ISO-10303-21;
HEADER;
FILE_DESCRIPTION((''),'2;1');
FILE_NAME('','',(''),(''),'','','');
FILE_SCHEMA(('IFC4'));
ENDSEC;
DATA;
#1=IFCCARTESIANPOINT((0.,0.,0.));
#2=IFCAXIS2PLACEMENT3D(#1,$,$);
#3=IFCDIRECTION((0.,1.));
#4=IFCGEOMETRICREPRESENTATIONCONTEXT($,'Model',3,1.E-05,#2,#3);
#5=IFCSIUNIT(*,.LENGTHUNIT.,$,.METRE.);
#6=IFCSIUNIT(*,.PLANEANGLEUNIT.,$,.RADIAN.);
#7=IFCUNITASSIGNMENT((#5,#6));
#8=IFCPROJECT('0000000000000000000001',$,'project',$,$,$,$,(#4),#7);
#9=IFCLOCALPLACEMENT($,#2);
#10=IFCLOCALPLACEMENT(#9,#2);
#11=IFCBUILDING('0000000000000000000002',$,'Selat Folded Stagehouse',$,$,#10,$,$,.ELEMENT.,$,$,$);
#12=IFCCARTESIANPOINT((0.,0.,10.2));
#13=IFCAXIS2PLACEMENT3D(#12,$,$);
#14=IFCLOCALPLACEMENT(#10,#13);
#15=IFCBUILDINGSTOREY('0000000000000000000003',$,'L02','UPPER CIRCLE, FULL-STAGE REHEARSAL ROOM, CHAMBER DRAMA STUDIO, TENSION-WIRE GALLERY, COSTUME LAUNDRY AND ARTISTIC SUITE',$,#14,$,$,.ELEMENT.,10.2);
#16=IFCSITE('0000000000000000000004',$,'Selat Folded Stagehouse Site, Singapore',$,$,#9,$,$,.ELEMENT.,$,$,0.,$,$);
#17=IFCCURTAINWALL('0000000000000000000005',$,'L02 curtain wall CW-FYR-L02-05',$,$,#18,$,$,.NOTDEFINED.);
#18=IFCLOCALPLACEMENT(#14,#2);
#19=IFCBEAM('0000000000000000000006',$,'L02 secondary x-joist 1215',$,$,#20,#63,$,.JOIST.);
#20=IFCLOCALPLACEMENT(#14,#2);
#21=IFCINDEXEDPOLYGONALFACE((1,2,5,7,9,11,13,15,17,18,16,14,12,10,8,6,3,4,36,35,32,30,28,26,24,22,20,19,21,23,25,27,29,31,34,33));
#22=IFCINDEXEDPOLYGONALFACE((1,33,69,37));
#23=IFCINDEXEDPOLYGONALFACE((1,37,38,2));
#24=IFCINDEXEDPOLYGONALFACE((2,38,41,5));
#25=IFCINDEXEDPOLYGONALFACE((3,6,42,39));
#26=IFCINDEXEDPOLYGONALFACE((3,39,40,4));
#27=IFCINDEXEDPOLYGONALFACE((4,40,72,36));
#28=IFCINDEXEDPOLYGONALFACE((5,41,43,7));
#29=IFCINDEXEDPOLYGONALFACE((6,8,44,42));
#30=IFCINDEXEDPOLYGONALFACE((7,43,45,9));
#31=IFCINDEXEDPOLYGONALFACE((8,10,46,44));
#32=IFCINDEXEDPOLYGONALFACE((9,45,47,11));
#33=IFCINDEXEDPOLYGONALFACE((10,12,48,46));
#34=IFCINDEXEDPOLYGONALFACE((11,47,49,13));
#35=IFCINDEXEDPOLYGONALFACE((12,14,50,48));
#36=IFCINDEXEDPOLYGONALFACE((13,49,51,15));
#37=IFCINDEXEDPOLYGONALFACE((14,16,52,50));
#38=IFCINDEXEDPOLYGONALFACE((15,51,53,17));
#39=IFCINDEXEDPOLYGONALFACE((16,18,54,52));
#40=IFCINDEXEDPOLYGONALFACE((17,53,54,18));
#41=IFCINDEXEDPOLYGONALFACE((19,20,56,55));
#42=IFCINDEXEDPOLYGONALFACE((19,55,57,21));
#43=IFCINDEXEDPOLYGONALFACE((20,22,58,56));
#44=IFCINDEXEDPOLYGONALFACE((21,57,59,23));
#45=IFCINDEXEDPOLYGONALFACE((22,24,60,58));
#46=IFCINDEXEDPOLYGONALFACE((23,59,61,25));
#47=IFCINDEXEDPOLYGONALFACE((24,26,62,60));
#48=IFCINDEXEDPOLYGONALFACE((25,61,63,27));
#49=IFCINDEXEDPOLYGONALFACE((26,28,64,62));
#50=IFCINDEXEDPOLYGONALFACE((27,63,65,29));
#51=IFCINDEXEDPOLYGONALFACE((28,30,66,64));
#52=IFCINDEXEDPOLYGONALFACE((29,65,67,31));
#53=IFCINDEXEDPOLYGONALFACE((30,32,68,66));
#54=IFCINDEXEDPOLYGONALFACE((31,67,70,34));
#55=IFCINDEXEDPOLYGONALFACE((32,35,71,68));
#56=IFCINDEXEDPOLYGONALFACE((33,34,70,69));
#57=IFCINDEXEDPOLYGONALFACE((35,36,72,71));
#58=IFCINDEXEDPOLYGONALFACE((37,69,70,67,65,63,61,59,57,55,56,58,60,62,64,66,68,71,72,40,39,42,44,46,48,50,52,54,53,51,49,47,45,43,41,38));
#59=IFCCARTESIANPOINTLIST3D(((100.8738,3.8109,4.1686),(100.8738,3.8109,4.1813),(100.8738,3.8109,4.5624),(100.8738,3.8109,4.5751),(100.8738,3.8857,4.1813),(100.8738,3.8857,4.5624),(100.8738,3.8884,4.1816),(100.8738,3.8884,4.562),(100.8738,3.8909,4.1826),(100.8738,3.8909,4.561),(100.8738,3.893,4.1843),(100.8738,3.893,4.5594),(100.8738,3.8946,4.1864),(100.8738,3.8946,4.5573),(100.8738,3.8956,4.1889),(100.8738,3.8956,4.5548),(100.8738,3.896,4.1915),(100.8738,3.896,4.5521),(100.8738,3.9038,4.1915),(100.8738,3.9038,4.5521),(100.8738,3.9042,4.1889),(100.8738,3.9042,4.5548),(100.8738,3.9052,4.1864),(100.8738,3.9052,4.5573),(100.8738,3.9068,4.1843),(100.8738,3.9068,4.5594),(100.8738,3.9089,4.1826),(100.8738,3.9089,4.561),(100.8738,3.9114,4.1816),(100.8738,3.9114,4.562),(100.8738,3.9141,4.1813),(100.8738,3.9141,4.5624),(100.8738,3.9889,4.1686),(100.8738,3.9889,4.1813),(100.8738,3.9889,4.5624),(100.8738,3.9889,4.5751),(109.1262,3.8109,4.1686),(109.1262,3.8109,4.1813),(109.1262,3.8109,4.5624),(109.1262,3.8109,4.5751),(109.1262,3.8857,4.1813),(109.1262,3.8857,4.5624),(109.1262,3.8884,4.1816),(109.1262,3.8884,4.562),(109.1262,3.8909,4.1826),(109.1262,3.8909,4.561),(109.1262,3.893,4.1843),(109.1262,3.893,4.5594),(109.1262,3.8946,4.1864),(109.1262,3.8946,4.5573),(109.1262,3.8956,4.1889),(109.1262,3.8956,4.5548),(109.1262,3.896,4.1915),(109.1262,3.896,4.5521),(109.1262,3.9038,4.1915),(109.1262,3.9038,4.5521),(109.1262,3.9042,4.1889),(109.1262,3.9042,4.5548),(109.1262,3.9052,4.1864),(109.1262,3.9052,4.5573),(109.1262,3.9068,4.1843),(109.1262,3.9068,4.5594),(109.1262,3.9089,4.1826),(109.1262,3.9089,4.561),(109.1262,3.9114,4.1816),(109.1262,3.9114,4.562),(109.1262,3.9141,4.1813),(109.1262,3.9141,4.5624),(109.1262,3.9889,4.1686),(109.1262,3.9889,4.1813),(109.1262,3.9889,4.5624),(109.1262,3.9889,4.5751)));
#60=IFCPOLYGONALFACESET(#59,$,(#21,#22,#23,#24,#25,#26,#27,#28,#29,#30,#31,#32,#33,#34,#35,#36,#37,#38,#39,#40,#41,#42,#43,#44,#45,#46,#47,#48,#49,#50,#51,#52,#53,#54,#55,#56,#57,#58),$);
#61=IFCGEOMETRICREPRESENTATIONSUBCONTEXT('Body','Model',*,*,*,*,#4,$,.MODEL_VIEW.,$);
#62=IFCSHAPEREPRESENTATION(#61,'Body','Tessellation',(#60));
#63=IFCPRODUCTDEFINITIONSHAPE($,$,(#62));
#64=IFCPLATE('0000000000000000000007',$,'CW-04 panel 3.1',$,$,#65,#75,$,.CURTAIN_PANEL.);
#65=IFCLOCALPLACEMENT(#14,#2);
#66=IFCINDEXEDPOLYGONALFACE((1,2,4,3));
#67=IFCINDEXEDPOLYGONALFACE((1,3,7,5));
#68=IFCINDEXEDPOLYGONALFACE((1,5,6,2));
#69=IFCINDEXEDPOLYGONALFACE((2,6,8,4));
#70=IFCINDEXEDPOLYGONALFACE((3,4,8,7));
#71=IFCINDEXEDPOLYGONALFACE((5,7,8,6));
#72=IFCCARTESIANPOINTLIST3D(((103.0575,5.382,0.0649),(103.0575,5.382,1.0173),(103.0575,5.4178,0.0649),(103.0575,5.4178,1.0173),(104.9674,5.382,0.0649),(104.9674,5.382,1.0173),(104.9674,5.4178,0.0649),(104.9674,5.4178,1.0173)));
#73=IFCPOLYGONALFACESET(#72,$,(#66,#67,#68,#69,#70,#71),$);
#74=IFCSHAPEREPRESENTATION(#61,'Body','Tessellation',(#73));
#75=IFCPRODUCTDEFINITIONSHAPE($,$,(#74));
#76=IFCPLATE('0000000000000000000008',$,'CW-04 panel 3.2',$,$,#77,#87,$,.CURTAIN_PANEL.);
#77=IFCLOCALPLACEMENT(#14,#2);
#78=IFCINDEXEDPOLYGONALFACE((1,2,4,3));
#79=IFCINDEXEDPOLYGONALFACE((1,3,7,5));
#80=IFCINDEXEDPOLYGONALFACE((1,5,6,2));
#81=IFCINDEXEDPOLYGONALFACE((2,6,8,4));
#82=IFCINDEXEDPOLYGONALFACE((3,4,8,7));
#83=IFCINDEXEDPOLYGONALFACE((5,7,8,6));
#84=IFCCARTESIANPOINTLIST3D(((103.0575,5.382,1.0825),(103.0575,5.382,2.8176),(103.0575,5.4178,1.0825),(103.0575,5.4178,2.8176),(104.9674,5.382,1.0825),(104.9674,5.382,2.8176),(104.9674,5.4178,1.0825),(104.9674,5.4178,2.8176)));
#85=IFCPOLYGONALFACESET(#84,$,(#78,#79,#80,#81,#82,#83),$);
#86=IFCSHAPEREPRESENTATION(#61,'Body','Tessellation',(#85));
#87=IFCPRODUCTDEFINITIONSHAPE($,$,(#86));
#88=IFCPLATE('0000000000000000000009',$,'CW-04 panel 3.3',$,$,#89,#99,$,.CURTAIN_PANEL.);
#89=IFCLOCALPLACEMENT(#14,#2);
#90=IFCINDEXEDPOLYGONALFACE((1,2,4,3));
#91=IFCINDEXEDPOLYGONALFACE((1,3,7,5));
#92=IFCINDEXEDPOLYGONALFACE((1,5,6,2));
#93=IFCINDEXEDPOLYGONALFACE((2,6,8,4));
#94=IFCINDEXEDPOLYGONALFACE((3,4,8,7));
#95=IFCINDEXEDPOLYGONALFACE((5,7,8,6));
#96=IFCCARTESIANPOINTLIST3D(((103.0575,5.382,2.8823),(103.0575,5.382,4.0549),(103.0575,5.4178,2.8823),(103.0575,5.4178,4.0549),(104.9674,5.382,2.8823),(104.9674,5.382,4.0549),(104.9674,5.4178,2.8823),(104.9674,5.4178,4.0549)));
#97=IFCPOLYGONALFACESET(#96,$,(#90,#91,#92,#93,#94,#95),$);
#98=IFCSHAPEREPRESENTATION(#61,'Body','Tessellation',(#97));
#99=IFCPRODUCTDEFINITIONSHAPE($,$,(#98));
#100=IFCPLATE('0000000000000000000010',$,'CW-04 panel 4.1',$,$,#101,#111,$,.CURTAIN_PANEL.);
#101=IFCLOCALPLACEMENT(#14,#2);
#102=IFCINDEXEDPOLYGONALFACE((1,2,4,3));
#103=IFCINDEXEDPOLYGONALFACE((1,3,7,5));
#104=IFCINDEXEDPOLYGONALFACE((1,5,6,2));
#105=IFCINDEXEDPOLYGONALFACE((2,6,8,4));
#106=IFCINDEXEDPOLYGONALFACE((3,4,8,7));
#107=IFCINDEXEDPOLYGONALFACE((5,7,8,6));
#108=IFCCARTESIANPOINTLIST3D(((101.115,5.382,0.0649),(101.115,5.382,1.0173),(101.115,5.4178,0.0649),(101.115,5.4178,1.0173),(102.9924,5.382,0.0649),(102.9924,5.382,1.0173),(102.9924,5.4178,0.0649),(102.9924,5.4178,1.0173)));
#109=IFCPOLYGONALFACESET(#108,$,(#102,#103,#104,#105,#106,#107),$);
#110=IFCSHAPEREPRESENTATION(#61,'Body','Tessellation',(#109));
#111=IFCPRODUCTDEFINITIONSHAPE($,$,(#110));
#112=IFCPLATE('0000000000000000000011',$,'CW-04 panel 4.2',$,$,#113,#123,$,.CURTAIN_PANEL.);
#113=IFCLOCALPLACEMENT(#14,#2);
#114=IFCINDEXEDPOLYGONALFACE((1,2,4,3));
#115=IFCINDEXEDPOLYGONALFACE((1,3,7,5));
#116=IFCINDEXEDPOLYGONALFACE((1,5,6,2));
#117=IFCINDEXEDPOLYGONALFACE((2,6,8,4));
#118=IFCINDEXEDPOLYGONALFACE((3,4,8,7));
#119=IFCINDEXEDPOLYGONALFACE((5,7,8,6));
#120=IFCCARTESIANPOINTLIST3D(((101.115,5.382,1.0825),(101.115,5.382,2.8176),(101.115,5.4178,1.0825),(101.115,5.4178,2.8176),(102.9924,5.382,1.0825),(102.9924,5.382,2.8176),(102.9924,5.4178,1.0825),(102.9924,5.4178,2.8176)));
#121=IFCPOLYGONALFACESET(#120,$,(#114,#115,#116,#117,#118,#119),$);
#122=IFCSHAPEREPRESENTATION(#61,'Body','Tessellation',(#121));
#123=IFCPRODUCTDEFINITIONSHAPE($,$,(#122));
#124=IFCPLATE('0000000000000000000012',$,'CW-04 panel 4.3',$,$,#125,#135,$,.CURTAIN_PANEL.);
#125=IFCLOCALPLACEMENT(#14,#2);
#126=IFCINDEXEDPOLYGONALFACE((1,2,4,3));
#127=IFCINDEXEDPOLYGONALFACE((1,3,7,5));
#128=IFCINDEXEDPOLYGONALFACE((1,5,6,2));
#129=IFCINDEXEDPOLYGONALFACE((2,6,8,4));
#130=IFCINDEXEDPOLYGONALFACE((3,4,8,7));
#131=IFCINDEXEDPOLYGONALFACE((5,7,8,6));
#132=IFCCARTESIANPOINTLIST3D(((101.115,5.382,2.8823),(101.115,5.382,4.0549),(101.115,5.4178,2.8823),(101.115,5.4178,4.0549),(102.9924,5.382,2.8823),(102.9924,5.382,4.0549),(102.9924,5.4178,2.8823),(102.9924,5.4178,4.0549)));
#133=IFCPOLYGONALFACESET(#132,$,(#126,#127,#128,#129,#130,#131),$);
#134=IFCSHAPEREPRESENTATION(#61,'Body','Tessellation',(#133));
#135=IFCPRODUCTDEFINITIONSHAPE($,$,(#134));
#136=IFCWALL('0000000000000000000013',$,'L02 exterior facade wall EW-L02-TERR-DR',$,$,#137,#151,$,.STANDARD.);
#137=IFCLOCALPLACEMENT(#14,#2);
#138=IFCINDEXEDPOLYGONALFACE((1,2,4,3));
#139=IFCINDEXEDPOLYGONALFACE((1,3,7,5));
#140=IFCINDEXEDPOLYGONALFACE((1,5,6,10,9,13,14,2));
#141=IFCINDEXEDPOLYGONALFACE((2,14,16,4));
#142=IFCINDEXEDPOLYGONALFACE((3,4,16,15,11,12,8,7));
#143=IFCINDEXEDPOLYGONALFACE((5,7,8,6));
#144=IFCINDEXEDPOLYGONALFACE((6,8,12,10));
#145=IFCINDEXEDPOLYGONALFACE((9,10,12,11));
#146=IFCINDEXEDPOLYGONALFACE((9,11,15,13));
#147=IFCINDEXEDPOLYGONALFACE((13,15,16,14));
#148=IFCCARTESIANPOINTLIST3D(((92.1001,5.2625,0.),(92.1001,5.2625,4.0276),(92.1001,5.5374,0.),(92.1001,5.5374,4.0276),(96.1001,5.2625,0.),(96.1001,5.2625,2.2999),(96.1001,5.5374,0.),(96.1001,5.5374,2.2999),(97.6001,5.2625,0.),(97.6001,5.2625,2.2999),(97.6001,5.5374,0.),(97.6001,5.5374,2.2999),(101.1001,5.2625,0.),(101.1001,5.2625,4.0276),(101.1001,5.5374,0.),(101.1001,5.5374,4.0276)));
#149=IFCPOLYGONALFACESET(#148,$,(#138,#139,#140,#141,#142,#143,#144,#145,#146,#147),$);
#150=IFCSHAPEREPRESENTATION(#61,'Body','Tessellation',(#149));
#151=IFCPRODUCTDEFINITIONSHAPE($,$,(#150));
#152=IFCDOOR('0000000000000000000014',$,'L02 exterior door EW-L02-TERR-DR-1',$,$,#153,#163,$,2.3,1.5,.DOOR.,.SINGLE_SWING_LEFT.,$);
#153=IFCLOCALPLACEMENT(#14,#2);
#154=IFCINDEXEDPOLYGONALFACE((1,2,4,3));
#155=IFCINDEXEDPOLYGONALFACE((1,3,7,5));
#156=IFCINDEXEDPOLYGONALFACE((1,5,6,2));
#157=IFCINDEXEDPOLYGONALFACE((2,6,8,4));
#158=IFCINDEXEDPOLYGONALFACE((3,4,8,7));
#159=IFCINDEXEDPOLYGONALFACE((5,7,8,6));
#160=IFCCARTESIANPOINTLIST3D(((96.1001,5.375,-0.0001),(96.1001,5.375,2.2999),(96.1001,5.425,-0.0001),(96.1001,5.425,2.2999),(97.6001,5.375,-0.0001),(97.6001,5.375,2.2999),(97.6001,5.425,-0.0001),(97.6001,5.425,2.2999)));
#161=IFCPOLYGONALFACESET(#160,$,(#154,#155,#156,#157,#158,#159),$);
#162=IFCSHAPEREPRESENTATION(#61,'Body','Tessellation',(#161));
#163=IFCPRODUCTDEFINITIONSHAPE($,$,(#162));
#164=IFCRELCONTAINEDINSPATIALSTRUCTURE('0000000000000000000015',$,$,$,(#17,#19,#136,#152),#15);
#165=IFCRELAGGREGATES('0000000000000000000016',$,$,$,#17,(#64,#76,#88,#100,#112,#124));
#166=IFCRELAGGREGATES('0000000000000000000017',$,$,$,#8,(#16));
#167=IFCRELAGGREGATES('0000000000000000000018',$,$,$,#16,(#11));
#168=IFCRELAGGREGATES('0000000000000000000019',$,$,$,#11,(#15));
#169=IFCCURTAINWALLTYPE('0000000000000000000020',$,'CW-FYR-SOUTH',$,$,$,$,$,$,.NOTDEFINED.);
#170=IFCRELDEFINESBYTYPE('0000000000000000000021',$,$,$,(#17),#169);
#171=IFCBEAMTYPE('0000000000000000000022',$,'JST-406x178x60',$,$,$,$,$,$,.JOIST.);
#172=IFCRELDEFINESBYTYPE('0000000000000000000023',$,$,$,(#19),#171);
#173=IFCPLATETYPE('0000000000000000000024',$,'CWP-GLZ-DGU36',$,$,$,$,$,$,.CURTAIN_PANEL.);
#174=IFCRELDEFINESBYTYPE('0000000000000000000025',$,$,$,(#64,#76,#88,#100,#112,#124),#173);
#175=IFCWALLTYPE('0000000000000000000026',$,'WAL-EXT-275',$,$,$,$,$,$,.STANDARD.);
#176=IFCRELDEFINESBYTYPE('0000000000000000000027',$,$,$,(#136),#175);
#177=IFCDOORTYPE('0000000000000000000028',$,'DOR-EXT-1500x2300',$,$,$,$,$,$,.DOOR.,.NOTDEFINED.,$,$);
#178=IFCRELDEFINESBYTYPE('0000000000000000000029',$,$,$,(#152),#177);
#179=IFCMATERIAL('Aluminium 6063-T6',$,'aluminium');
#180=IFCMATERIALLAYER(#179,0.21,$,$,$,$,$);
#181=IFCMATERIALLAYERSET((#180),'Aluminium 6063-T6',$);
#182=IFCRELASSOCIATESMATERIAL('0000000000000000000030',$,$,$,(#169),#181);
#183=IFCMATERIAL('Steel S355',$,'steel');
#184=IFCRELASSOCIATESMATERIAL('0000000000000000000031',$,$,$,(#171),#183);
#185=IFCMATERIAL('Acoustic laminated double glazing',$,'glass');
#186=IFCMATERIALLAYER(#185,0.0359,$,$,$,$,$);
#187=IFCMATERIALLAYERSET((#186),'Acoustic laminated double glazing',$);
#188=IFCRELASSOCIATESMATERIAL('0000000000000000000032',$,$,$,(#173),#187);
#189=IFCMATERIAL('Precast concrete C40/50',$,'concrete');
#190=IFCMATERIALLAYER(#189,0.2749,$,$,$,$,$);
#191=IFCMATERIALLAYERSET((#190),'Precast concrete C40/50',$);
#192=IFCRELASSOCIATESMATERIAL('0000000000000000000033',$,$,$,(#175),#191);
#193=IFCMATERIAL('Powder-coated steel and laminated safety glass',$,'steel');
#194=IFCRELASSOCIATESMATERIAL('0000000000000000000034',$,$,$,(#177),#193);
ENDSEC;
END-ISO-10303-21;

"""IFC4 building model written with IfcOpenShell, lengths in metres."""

from ifc_helpers import new_model, si_unit, direction, frame, frame_2d, origin, origin_2d, place, context, subcontext, project, spatial, rectangle, i_section, extrude, material, layer, layer_set, material_profile, profile_set, type_object, element, fill, aggregate, save


model = new_model("IFC4")

# Units and contexts
model_context = context("Model", 3, precision=1e-05, world=origin(), true_north=direction((0.0, 1.0)))
body_context = subcontext(model_context, "Body", "Model", "MODEL_VIEW")
ifc_project = project(units=[si_unit("LENGTHUNIT", "METRE"), si_unit("PLANEANGLEUNIT", "RADIAN")], contexts=[model_context])

# Site, building, storey
site_placement = place(None, origin())
site = spatial("IfcSite", under=ifc_project, at=site_placement, Name="Selat Folded Stagehouse Site, Singapore", CompositionType="ELEMENT", RefElevation=0.0)
building_placement = place(site_placement, origin())
building = spatial("IfcBuilding", under=site, at=building_placement, Name="Selat Folded Stagehouse", CompositionType="ELEMENT")
storey_placement = place(building_placement, frame((0.0, 0.0, 10.2)))
storey = spatial("IfcBuildingStorey", under=building, at=storey_placement, Name="L02", Description="UPPER CIRCLE, FULL-STAGE REHEARSAL ROOM, CHAMBER DRAMA STUDIO, TENSION-WIRE GALLERY, COSTUME LAUNDRY AND ARTISTIC SUITE", CompositionType="ELEMENT", Elevation=10.2)

# Shared definitions
ifc_material_1 = material(Name="Steel S355", Category="steel")

# Curtain wall
ifc_material_2 = material(Name="Aluminium 6063-T6", Category="aluminium")
ifc_layer_1 = layer(ifc_material_2, 0.21)
ifc_layer_set_1 = layer_set([ifc_layer_1], Name="Aluminium 6063-T6")
curtain_wall_type = type_object("IfcCurtainWallType", Name="CW-FYR-SOUTH", PredefinedType="NOTDEFINED", material=ifc_layer_set_1)
curtain_wall_placement = place(storey_placement, origin())
curtain_wall = element("IfcCurtainWall", 1, at=curtain_wall_placement, inside=storey, type_object=curtain_wall_type, Name="L02 curtain wall CW-FYR-L02-05", PredefinedType="NOTDEFINED")

# Beam
ifc_material_profile_1 = material_profile(ifc_material_1, i_section(OverallWidth=0.178, OverallDepth=0.4065, WebThickness=0.0078, FlangeThickness=0.0127, FilletRadius=0.0103, at=origin_2d()), Name="UKB 406x178x60")
ifc_profile_set_1 = profile_set([ifc_material_profile_1], Name="Steel S355")
beam_type_1 = type_object("IfcBeamType", Name="JST-406x178x60", PredefinedType="JOIST", material=ifc_profile_set_1)
for number, where, z_axis, x_axis, name in (
    (2, (100.8738, 3.8999, 4.3718), (1.0, 0.0, 0.0), (0.0, 1.0, 0.0), "L02 secondary x-joist 1215"),
):
    element("IfcBeam", number, at=place(storey_placement, frame(where, z_axis=z_axis, x_axis=x_axis)), inside=storey, type_object=beam_type_1, Name=name, PredefinedType="JOIST", context=body_context, shape_type="SweptSolid", body=[
        extrude(i_section(OverallWidth=0.178, OverallDepth=0.4065, WebThickness=0.0078, FlangeThickness=0.0127, FilletRadius=0.0103, at=origin_2d()), origin(), (0.0, 0.0, 1.0), 8.2524),
    ])

# Plates
ifc_material_3 = material(Name="Acoustic laminated double glazing", Category="glass")
ifc_layer_2 = layer(ifc_material_3, 0.0359)
ifc_layer_set_2 = layer_set([ifc_layer_2], Name="Acoustic laminated double glazing")
plate_type = type_object("IfcPlateType", Name="CWP-GLZ-DGU36", PredefinedType="CURTAIN_PANEL", material=ifc_layer_set_2)
plate_1_placement = place(storey_placement, frame((104.0125, 5.3999, 0.0649), z_axis=(0.0, 0.0, 1.0), x_axis=(-1.0, 0.0, 0.0)))
plate_1 = element("IfcPlate", 3, at=plate_1_placement, type_object=plate_type, Name="CW-04 panel 3.1", PredefinedType="CURTAIN_PANEL", context=body_context, shape_type="SweptSolid", body=[
    extrude(rectangle(XDim=1.9099, YDim=0.0359, at=origin_2d()), origin(), (0.0, 0.0, 1.0), 0.9524),
])
plate_2_placement = place(storey_placement, frame((104.0125, 5.3999, 1.0825), z_axis=(0.0, 0.0, 1.0), x_axis=(-1.0, 0.0, 0.0)))
plate_2 = element("IfcPlate", 4, at=plate_2_placement, type_object=plate_type, Name="CW-04 panel 3.2", PredefinedType="CURTAIN_PANEL", context=body_context, shape_type="SweptSolid", body=[
    extrude(rectangle(XDim=1.9099, YDim=0.0359, at=origin_2d()), origin(), (0.0, 0.0, 1.0), 1.7351),
])
plate_3_placement = place(storey_placement, frame((104.0125, 5.3999, 2.8823), z_axis=(0.0, 0.0, 1.0), x_axis=(-1.0, 0.0, 0.0)))
plate_3 = element("IfcPlate", 5, at=plate_3_placement, type_object=plate_type, Name="CW-04 panel 3.3", PredefinedType="CURTAIN_PANEL", context=body_context, shape_type="SweptSolid", body=[
    extrude(rectangle(XDim=1.9099, YDim=0.0359, at=origin_2d()), origin(), (0.0, 0.0, 1.0), 1.1726),
])
plate_4_placement = place(storey_placement, frame((102.0537, 5.3999, 0.0649), z_axis=(0.0, 0.0, 1.0), x_axis=(-1.0, 0.0, 0.0)))
plate_4 = element("IfcPlate", 6, at=plate_4_placement, type_object=plate_type, Name="CW-04 panel 4.1", PredefinedType="CURTAIN_PANEL", context=body_context, shape_type="SweptSolid", body=[
    extrude(rectangle(XDim=1.8774, YDim=0.0359, at=origin_2d()), origin(), (0.0, 0.0, 1.0), 0.9524),
])
plate_5_placement = place(storey_placement, frame((102.0537, 5.3999, 1.0825), z_axis=(0.0, 0.0, 1.0), x_axis=(-1.0, 0.0, 0.0)))
plate_5 = element("IfcPlate", 7, at=plate_5_placement, type_object=plate_type, Name="CW-04 panel 4.2", PredefinedType="CURTAIN_PANEL", context=body_context, shape_type="SweptSolid", body=[
    extrude(rectangle(XDim=1.8774, YDim=0.0359, at=origin_2d()), origin(), (0.0, 0.0, 1.0), 1.7351),
])
plate_6_placement = place(storey_placement, frame((102.0537, 5.3999, 2.8823), z_axis=(0.0, 0.0, 1.0), x_axis=(-1.0, 0.0, 0.0)))
plate_6 = element("IfcPlate", 8, at=plate_6_placement, type_object=plate_type, Name="CW-04 panel 4.3", PredefinedType="CURTAIN_PANEL", context=body_context, shape_type="SweptSolid", body=[
    extrude(rectangle(XDim=1.8774, YDim=0.0359, at=origin_2d()), origin(), (0.0, 0.0, 1.0), 1.1726),
])
aggregate(curtain_wall, [plate_1, plate_2, plate_3, plate_4, plate_5, plate_6])

# Wall, opening, door
ifc_material_4 = material(Name="Precast concrete C40/50", Category="concrete")
ifc_layer_3 = layer(ifc_material_4, 0.2749)
ifc_layer_set_3 = layer_set([ifc_layer_3], Name="Precast concrete C40/50")
wall_type = type_object("IfcWallType", Name="WAL-EXT-275", PredefinedType="STANDARD", material=ifc_layer_set_3)
wall_placement = place(storey_placement, frame((101.1001, 5.3999, 0.0), z_axis=(0.0, 0.0, 1.0), x_axis=(-1.0, 0.0, 0.0)))
wall = element("IfcWall", 9, at=wall_placement, inside=storey, type_object=wall_type, Name="L02 exterior facade wall EW-L02-TERR-DR", PredefinedType="STANDARD", context=body_context, shape_type="SweptSolid", body=[
    extrude(rectangle(XDim=9.0, YDim=0.2749, at=frame_2d((4.5, 0.0))), origin(), (0.0, 0.0, 1.0), 4.0276),
])
opening_placement = place(wall_placement, frame((3.5, 0.0, 0.0)))
opening = element("IfcOpeningElement", 10, at=opening_placement, cuts=wall, PredefinedType="OPENING", context=body_context, shape_type="SweptSolid", body=[
    extrude(rectangle(XDim=1.5, YDim=2.3, at=frame_2d((0.75, 1.1499))), frame((0.0, 0.1475, 0.0), z_axis=(0.0, -1.0, 0.0), x_axis=(1.0, 0.0, 0.0)), (0.0, 0.0, 1.0), 0.2949),
])
ifc_material_5 = material(Name="Powder-coated steel and laminated safety glass", Category="steel")
door_type = type_object("IfcDoorType", Name="DOR-EXT-1500x2300", OperationType="NOTDEFINED", PredefinedType="DOOR", material=ifc_material_5)
door_placement = place(opening_placement, origin())
door = element("IfcDoor", 11, at=door_placement, inside=storey, type_object=door_type, Name="L02 exterior door EW-L02-TERR-DR-1", OperationType="SINGLE_SWING_LEFT", OverallHeight=2.3, OverallWidth=1.5, PredefinedType="DOOR", context=body_context, shape_type="SweptSolid", body=[
    extrude(rectangle(XDim=1.5, YDim=2.3, at=frame_2d((0.75, 1.1499))), frame((0.0, 0.0249, 0.0), z_axis=(0.0, -1.0, 0.0), x_axis=(1.0, 0.0, 0.0)), (0.0, 0.0, 1.0), 0.05),
])
fill(opening, door)

save(model, "model.ifc")
